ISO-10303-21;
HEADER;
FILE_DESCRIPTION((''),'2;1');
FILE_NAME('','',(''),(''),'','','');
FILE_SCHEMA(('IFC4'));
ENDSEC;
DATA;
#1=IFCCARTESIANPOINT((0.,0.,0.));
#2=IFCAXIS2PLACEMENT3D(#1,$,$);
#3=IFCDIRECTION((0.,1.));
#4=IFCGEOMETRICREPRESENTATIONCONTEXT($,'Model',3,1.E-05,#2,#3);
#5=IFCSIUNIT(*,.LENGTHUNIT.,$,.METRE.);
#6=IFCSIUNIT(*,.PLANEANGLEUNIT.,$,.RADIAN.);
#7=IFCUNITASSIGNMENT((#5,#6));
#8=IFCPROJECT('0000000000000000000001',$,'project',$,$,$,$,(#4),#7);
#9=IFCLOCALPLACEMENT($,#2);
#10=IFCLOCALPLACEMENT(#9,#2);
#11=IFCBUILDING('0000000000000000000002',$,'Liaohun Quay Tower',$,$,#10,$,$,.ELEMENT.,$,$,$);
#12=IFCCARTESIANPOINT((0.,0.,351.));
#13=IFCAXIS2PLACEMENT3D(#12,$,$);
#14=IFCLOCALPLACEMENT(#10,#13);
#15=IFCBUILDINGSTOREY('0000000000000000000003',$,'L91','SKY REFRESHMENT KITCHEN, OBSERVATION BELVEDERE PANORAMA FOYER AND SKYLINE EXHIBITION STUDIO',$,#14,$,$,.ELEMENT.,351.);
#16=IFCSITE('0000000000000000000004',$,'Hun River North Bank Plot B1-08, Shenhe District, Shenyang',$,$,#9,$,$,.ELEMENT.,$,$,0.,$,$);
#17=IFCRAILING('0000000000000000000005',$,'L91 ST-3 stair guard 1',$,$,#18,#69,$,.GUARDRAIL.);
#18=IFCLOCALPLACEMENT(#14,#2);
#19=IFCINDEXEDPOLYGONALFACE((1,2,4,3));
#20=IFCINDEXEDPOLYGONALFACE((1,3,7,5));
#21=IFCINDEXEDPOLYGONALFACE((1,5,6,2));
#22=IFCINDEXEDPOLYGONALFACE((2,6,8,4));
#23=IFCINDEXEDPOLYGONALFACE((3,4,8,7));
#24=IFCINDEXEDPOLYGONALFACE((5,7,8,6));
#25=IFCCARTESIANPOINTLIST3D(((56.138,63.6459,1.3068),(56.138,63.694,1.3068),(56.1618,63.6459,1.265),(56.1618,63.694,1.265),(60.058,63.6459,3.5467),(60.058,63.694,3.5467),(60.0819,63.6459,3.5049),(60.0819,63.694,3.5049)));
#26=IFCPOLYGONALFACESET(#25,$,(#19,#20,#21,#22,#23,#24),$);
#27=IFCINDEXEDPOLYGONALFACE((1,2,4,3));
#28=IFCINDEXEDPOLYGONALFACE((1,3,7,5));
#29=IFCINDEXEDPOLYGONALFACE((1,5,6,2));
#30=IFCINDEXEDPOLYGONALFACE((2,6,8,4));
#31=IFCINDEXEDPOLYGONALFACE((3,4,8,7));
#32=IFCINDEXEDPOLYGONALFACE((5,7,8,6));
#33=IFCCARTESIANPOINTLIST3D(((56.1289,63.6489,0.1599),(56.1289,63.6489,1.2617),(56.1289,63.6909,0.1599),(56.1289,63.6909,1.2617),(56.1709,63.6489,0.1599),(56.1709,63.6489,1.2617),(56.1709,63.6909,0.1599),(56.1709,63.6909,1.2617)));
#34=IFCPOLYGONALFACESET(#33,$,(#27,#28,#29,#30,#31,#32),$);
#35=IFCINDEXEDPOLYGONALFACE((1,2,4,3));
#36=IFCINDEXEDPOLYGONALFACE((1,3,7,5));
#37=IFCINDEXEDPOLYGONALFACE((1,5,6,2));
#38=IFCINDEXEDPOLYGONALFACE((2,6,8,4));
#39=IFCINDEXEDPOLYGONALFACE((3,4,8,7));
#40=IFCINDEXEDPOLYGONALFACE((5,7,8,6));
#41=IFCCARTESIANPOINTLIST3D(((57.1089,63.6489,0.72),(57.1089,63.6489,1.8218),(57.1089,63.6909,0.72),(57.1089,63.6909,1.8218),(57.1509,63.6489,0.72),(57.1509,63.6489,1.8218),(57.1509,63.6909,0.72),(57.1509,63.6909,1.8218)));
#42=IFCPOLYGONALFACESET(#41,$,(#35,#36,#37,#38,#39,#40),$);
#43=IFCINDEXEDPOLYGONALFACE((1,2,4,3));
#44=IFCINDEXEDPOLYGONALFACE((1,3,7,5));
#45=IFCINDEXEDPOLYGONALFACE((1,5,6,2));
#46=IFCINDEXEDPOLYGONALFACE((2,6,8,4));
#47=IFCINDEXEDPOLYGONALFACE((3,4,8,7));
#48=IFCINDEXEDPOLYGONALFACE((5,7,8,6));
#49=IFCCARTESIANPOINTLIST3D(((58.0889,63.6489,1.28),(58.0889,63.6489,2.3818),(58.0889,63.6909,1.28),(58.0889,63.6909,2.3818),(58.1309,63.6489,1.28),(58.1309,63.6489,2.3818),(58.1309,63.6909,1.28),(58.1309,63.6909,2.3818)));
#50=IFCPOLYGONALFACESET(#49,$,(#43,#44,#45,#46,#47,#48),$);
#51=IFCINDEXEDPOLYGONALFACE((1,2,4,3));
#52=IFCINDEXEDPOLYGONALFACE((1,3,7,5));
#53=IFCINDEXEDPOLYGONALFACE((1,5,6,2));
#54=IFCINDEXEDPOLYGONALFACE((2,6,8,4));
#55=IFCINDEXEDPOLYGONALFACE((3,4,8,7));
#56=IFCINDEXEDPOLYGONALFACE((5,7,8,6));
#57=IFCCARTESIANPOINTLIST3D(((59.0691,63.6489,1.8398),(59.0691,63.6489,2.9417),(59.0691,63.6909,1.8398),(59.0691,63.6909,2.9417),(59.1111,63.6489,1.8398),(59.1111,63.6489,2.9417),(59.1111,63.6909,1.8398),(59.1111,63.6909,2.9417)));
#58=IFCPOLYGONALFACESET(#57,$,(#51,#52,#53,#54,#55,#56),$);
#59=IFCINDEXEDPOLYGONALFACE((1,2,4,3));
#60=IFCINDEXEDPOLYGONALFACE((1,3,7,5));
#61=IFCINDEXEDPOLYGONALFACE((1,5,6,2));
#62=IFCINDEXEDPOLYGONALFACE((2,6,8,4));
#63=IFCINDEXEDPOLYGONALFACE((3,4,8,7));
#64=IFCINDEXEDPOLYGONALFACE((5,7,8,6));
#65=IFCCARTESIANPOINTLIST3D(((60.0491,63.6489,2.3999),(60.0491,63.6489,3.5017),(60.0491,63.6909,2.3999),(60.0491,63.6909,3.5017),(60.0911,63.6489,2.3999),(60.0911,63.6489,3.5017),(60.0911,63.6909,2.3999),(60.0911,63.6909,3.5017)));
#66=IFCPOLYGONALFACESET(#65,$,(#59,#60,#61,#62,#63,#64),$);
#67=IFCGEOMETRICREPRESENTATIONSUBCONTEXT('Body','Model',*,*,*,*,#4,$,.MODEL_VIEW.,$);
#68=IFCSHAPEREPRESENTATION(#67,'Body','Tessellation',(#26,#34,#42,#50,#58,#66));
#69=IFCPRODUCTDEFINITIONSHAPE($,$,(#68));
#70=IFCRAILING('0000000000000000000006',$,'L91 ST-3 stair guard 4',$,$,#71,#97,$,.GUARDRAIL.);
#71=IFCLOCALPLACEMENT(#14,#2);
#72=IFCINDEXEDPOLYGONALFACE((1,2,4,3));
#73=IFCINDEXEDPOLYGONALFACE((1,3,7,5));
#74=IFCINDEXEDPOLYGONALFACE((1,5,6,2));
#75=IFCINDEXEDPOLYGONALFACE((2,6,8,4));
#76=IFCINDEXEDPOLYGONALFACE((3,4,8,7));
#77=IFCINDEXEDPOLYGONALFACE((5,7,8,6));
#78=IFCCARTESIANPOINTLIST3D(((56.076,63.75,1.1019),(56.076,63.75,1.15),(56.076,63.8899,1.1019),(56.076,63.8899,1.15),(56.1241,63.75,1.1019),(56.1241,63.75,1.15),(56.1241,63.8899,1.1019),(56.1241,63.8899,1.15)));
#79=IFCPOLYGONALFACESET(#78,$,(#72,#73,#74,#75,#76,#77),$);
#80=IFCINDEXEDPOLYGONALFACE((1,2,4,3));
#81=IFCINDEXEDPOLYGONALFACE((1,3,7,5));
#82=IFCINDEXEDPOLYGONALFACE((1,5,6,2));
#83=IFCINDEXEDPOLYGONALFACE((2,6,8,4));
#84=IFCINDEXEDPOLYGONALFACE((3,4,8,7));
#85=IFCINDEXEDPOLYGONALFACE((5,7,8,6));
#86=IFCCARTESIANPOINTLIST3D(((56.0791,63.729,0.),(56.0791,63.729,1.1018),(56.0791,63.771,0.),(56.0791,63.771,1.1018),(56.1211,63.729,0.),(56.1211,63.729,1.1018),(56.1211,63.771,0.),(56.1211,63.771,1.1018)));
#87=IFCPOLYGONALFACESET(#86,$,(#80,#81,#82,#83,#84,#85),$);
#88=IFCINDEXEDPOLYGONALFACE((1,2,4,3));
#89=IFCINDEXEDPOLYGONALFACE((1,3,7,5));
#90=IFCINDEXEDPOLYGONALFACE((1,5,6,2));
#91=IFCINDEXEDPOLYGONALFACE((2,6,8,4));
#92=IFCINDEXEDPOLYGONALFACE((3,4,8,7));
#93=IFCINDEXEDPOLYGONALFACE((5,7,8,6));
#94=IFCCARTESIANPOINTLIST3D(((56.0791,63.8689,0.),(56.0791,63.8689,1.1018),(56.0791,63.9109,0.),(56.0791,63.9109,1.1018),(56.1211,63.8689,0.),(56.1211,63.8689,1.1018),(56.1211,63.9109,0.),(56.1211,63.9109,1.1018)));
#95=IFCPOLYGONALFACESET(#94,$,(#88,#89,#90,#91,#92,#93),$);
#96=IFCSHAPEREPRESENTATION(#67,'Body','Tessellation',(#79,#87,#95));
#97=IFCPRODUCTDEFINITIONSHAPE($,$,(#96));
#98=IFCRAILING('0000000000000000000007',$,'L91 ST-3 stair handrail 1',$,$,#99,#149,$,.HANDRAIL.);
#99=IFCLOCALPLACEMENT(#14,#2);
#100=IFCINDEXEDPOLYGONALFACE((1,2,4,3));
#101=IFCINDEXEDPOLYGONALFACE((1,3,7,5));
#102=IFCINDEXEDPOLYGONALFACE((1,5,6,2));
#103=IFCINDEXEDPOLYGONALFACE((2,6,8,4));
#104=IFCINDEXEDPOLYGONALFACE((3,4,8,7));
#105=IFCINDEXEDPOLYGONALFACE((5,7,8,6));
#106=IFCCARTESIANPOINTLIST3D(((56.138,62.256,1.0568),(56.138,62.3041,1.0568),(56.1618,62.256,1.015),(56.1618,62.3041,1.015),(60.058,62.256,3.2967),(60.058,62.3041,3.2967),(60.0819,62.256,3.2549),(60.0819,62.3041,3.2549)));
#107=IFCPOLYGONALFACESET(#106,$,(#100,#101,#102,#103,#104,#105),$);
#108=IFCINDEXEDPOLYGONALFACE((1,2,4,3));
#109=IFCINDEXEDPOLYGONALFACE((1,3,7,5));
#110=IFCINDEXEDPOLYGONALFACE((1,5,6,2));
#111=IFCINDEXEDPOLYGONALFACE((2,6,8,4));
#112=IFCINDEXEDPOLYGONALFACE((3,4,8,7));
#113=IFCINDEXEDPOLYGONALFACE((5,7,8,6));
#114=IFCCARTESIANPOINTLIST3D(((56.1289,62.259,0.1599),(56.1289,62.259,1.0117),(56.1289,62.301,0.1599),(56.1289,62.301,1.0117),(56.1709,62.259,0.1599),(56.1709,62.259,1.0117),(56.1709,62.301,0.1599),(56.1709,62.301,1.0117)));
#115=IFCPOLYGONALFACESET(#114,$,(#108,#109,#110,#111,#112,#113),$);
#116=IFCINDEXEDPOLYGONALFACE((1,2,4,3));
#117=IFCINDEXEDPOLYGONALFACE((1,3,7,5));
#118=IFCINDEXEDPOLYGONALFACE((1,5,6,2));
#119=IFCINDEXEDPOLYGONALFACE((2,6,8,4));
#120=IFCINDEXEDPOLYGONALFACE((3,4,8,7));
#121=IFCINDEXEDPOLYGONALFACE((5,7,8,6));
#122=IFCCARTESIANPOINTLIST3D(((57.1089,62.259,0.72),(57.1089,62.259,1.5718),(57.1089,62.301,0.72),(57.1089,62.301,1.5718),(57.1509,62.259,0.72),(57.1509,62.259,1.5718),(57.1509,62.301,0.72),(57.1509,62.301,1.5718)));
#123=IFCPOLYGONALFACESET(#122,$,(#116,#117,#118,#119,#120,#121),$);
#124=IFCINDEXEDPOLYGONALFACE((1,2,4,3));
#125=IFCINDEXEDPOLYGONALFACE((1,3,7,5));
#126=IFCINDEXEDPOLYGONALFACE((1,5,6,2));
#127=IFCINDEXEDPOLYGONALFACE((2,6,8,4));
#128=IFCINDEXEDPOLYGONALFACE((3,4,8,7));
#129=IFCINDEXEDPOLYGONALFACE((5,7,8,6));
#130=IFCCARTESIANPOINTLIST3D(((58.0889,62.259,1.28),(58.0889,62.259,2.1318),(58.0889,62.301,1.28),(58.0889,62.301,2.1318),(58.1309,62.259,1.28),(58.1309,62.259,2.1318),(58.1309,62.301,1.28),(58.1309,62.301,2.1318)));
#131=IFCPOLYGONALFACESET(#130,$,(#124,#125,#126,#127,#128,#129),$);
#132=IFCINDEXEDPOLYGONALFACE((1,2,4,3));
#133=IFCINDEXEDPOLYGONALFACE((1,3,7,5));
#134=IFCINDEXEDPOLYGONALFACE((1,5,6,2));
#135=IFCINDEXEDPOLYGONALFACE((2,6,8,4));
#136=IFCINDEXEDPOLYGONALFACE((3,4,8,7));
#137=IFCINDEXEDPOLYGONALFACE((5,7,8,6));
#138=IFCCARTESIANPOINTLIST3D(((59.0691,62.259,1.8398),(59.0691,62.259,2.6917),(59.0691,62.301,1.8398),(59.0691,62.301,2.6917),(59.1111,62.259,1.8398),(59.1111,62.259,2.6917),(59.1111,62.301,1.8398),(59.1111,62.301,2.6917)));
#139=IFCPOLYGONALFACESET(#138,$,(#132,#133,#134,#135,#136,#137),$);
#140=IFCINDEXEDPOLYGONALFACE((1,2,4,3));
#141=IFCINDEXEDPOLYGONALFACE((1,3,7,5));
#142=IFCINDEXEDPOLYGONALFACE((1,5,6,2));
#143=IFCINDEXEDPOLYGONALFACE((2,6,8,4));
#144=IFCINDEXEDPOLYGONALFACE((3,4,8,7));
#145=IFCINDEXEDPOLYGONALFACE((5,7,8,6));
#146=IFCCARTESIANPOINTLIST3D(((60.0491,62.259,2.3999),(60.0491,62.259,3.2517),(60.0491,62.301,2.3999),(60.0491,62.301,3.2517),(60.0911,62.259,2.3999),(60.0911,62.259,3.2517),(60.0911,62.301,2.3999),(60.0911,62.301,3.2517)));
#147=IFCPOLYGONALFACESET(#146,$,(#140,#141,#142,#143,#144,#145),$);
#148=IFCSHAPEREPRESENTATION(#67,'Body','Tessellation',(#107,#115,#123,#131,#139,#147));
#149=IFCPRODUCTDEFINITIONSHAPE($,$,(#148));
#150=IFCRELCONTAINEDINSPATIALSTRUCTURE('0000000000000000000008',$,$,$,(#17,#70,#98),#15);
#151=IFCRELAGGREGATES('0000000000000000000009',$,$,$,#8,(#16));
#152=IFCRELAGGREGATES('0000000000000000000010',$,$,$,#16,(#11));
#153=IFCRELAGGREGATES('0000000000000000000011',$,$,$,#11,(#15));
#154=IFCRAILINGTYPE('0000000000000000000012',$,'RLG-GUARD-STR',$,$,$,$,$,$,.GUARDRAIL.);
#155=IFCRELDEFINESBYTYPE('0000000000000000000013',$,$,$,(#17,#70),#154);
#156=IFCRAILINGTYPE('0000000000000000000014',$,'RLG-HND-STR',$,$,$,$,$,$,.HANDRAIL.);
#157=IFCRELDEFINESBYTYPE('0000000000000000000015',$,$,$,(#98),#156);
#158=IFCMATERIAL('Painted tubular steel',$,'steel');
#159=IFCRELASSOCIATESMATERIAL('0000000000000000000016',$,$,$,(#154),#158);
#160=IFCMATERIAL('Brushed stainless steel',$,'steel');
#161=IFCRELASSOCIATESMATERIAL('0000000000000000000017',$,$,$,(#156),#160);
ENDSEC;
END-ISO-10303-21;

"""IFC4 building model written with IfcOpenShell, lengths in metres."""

from ifc_helpers import new_model, si_unit, direction, frame, origin, origin_2d, place, context, subcontext, project, spatial, rectangle, extrude, material, type_object, element, save


model = new_model("IFC4")

# Units and contexts
model_context = context("Model", 3, precision=1e-05, world=origin(), true_north=direction((0.0, 1.0)))
body_context = subcontext(model_context, "Body", "Model", "MODEL_VIEW")
ifc_project = project(units=[si_unit("LENGTHUNIT", "METRE"), si_unit("PLANEANGLEUNIT", "RADIAN")], contexts=[model_context])

# Site, building, storey
site_placement = place(None, origin())
site = spatial("IfcSite", under=ifc_project, at=site_placement, Name="Hun River North Bank Plot B1-08, Shenhe District, Shenyang", CompositionType="ELEMENT", RefElevation=0.0)
building_placement = place(site_placement, origin())
building = spatial("IfcBuilding", under=site, at=building_placement, Name="Liaohun Quay Tower", CompositionType="ELEMENT")
storey_placement = place(building_placement, frame((0.0, 0.0, 351.0)))
storey = spatial("IfcBuildingStorey", under=building, at=storey_placement, Name="L91", Description="SKY REFRESHMENT KITCHEN, OBSERVATION BELVEDERE PANORAMA FOYER AND SKYLINE EXHIBITION STUDIO", CompositionType="ELEMENT", Elevation=351.0)

# Railings
ifc_material_1 = material(Name="Painted tubular steel", Category="steel")
railing_type_1 = type_object("IfcRailingType", Name="RLG-GUARD-STR", PredefinedType="GUARDRAIL", material=ifc_material_1)
railing_1_placement = place(storey_placement, frame((56.1499, 63.6699, 0.1599)))
element("IfcRailing", 1, at=railing_1_placement, inside=storey, type_object=railing_type_1, Name="L91 ST-3 stair guard 1", PredefinedType="GUARDRAIL", context=body_context, shape_type="SweptSolid", body=[
    extrude(rectangle(XDim=0.0481, YDim=0.0481, at=origin_2d()), frame((0.0, 0.0, 1.126), z_axis=(0.868253, 0.0, 0.496121), x_axis=(0.0, 1.0, 0.0)), (0.0, 0.0, 1.0), 4.5149),
    extrude(rectangle(XDim=0.042, YDim=0.042, at=origin_2d()), origin(), (0.0, 0.0, 1.0), 1.1018),
    extrude(rectangle(XDim=0.042, YDim=0.042, at=origin_2d()), frame((0.98, 0.0, 0.5601)), (0.0, 0.0, 1.0), 1.1018),
    extrude(rectangle(XDim=0.042, YDim=0.042, at=origin_2d()), frame((1.96, 0.0, 1.1201)), (0.0, 0.0, 1.0), 1.1018),
    extrude(rectangle(XDim=0.042, YDim=0.042, at=origin_2d()), frame((2.9402, 0.0, 1.6799)), (0.0, 0.0, 1.0), 1.1018),
    extrude(rectangle(XDim=0.042, YDim=0.042, at=origin_2d()), frame((3.9202, 0.0, 2.24)), (0.0, 0.0, 1.0), 1.1018),
])
railing_2_placement = place(storey_placement, frame((56.1001, 63.75, 0.0)))
element("IfcRailing", 2, at=railing_2_placement, inside=storey, type_object=railing_type_1, Name="L91 ST-3 stair guard 4", PredefinedType="GUARDRAIL", context=body_context, shape_type="SweptSolid", body=[
    extrude(rectangle(XDim=0.0481, YDim=0.0481, at=origin_2d()), frame((0.0, 0.0, 1.126), z_axis=(0.0, 1.0, 0.0), x_axis=(-1.0, 0.0, 0.0)), (0.0, 0.0, 1.0), 0.1399),
    extrude(rectangle(XDim=0.042, YDim=0.042, at=origin_2d()), origin(), (0.0, 0.0, 1.0), 1.1018),
    extrude(rectangle(XDim=0.042, YDim=0.042, at=origin_2d()), frame((0.0, 0.1399, 0.0)), (0.0, 0.0, 1.0), 1.1018),
])
ifc_material_2 = material(Name="Brushed stainless steel", Category="steel")
railing_type_2 = type_object("IfcRailingType", Name="RLG-HND-STR", PredefinedType="HANDRAIL", material=ifc_material_2)
railing_3_placement = place(storey_placement, frame((56.1499, 62.28, 0.1599)))
element("IfcRailing", 3, at=railing_3_placement, inside=storey, type_object=railing_type_2, Name="L91 ST-3 stair handrail 1", PredefinedType="HANDRAIL", context=body_context, shape_type="SweptSolid", body=[
    extrude(rectangle(XDim=0.0481, YDim=0.0481, at=origin_2d()), frame((0.0, 0.0, 0.876), z_axis=(0.868253, 0.0, 0.496121), x_axis=(0.0, 1.0, 0.0)), (0.0, 0.0, 1.0), 4.5149),
    extrude(rectangle(XDim=0.042, YDim=0.042, at=origin_2d()), origin(), (0.0, 0.0, 1.0), 0.8518),
    extrude(rectangle(XDim=0.042, YDim=0.042, at=origin_2d()), frame((0.98, 0.0, 0.5601)), (0.0, 0.0, 1.0), 0.8518),
    extrude(rectangle(XDim=0.042, YDim=0.042, at=origin_2d()), frame((1.96, 0.0, 1.1201)), (0.0, 0.0, 1.0), 0.8518),
    extrude(rectangle(XDim=0.042, YDim=0.042, at=origin_2d()), frame((2.9402, 0.0, 1.6799)), (0.0, 0.0, 1.0), 0.8518),
    extrude(rectangle(XDim=0.042, YDim=0.042, at=origin_2d()), frame((3.9202, 0.0, 2.24)), (0.0, 0.0, 1.0), 0.8518),
])

save(model, "model.ifc")
